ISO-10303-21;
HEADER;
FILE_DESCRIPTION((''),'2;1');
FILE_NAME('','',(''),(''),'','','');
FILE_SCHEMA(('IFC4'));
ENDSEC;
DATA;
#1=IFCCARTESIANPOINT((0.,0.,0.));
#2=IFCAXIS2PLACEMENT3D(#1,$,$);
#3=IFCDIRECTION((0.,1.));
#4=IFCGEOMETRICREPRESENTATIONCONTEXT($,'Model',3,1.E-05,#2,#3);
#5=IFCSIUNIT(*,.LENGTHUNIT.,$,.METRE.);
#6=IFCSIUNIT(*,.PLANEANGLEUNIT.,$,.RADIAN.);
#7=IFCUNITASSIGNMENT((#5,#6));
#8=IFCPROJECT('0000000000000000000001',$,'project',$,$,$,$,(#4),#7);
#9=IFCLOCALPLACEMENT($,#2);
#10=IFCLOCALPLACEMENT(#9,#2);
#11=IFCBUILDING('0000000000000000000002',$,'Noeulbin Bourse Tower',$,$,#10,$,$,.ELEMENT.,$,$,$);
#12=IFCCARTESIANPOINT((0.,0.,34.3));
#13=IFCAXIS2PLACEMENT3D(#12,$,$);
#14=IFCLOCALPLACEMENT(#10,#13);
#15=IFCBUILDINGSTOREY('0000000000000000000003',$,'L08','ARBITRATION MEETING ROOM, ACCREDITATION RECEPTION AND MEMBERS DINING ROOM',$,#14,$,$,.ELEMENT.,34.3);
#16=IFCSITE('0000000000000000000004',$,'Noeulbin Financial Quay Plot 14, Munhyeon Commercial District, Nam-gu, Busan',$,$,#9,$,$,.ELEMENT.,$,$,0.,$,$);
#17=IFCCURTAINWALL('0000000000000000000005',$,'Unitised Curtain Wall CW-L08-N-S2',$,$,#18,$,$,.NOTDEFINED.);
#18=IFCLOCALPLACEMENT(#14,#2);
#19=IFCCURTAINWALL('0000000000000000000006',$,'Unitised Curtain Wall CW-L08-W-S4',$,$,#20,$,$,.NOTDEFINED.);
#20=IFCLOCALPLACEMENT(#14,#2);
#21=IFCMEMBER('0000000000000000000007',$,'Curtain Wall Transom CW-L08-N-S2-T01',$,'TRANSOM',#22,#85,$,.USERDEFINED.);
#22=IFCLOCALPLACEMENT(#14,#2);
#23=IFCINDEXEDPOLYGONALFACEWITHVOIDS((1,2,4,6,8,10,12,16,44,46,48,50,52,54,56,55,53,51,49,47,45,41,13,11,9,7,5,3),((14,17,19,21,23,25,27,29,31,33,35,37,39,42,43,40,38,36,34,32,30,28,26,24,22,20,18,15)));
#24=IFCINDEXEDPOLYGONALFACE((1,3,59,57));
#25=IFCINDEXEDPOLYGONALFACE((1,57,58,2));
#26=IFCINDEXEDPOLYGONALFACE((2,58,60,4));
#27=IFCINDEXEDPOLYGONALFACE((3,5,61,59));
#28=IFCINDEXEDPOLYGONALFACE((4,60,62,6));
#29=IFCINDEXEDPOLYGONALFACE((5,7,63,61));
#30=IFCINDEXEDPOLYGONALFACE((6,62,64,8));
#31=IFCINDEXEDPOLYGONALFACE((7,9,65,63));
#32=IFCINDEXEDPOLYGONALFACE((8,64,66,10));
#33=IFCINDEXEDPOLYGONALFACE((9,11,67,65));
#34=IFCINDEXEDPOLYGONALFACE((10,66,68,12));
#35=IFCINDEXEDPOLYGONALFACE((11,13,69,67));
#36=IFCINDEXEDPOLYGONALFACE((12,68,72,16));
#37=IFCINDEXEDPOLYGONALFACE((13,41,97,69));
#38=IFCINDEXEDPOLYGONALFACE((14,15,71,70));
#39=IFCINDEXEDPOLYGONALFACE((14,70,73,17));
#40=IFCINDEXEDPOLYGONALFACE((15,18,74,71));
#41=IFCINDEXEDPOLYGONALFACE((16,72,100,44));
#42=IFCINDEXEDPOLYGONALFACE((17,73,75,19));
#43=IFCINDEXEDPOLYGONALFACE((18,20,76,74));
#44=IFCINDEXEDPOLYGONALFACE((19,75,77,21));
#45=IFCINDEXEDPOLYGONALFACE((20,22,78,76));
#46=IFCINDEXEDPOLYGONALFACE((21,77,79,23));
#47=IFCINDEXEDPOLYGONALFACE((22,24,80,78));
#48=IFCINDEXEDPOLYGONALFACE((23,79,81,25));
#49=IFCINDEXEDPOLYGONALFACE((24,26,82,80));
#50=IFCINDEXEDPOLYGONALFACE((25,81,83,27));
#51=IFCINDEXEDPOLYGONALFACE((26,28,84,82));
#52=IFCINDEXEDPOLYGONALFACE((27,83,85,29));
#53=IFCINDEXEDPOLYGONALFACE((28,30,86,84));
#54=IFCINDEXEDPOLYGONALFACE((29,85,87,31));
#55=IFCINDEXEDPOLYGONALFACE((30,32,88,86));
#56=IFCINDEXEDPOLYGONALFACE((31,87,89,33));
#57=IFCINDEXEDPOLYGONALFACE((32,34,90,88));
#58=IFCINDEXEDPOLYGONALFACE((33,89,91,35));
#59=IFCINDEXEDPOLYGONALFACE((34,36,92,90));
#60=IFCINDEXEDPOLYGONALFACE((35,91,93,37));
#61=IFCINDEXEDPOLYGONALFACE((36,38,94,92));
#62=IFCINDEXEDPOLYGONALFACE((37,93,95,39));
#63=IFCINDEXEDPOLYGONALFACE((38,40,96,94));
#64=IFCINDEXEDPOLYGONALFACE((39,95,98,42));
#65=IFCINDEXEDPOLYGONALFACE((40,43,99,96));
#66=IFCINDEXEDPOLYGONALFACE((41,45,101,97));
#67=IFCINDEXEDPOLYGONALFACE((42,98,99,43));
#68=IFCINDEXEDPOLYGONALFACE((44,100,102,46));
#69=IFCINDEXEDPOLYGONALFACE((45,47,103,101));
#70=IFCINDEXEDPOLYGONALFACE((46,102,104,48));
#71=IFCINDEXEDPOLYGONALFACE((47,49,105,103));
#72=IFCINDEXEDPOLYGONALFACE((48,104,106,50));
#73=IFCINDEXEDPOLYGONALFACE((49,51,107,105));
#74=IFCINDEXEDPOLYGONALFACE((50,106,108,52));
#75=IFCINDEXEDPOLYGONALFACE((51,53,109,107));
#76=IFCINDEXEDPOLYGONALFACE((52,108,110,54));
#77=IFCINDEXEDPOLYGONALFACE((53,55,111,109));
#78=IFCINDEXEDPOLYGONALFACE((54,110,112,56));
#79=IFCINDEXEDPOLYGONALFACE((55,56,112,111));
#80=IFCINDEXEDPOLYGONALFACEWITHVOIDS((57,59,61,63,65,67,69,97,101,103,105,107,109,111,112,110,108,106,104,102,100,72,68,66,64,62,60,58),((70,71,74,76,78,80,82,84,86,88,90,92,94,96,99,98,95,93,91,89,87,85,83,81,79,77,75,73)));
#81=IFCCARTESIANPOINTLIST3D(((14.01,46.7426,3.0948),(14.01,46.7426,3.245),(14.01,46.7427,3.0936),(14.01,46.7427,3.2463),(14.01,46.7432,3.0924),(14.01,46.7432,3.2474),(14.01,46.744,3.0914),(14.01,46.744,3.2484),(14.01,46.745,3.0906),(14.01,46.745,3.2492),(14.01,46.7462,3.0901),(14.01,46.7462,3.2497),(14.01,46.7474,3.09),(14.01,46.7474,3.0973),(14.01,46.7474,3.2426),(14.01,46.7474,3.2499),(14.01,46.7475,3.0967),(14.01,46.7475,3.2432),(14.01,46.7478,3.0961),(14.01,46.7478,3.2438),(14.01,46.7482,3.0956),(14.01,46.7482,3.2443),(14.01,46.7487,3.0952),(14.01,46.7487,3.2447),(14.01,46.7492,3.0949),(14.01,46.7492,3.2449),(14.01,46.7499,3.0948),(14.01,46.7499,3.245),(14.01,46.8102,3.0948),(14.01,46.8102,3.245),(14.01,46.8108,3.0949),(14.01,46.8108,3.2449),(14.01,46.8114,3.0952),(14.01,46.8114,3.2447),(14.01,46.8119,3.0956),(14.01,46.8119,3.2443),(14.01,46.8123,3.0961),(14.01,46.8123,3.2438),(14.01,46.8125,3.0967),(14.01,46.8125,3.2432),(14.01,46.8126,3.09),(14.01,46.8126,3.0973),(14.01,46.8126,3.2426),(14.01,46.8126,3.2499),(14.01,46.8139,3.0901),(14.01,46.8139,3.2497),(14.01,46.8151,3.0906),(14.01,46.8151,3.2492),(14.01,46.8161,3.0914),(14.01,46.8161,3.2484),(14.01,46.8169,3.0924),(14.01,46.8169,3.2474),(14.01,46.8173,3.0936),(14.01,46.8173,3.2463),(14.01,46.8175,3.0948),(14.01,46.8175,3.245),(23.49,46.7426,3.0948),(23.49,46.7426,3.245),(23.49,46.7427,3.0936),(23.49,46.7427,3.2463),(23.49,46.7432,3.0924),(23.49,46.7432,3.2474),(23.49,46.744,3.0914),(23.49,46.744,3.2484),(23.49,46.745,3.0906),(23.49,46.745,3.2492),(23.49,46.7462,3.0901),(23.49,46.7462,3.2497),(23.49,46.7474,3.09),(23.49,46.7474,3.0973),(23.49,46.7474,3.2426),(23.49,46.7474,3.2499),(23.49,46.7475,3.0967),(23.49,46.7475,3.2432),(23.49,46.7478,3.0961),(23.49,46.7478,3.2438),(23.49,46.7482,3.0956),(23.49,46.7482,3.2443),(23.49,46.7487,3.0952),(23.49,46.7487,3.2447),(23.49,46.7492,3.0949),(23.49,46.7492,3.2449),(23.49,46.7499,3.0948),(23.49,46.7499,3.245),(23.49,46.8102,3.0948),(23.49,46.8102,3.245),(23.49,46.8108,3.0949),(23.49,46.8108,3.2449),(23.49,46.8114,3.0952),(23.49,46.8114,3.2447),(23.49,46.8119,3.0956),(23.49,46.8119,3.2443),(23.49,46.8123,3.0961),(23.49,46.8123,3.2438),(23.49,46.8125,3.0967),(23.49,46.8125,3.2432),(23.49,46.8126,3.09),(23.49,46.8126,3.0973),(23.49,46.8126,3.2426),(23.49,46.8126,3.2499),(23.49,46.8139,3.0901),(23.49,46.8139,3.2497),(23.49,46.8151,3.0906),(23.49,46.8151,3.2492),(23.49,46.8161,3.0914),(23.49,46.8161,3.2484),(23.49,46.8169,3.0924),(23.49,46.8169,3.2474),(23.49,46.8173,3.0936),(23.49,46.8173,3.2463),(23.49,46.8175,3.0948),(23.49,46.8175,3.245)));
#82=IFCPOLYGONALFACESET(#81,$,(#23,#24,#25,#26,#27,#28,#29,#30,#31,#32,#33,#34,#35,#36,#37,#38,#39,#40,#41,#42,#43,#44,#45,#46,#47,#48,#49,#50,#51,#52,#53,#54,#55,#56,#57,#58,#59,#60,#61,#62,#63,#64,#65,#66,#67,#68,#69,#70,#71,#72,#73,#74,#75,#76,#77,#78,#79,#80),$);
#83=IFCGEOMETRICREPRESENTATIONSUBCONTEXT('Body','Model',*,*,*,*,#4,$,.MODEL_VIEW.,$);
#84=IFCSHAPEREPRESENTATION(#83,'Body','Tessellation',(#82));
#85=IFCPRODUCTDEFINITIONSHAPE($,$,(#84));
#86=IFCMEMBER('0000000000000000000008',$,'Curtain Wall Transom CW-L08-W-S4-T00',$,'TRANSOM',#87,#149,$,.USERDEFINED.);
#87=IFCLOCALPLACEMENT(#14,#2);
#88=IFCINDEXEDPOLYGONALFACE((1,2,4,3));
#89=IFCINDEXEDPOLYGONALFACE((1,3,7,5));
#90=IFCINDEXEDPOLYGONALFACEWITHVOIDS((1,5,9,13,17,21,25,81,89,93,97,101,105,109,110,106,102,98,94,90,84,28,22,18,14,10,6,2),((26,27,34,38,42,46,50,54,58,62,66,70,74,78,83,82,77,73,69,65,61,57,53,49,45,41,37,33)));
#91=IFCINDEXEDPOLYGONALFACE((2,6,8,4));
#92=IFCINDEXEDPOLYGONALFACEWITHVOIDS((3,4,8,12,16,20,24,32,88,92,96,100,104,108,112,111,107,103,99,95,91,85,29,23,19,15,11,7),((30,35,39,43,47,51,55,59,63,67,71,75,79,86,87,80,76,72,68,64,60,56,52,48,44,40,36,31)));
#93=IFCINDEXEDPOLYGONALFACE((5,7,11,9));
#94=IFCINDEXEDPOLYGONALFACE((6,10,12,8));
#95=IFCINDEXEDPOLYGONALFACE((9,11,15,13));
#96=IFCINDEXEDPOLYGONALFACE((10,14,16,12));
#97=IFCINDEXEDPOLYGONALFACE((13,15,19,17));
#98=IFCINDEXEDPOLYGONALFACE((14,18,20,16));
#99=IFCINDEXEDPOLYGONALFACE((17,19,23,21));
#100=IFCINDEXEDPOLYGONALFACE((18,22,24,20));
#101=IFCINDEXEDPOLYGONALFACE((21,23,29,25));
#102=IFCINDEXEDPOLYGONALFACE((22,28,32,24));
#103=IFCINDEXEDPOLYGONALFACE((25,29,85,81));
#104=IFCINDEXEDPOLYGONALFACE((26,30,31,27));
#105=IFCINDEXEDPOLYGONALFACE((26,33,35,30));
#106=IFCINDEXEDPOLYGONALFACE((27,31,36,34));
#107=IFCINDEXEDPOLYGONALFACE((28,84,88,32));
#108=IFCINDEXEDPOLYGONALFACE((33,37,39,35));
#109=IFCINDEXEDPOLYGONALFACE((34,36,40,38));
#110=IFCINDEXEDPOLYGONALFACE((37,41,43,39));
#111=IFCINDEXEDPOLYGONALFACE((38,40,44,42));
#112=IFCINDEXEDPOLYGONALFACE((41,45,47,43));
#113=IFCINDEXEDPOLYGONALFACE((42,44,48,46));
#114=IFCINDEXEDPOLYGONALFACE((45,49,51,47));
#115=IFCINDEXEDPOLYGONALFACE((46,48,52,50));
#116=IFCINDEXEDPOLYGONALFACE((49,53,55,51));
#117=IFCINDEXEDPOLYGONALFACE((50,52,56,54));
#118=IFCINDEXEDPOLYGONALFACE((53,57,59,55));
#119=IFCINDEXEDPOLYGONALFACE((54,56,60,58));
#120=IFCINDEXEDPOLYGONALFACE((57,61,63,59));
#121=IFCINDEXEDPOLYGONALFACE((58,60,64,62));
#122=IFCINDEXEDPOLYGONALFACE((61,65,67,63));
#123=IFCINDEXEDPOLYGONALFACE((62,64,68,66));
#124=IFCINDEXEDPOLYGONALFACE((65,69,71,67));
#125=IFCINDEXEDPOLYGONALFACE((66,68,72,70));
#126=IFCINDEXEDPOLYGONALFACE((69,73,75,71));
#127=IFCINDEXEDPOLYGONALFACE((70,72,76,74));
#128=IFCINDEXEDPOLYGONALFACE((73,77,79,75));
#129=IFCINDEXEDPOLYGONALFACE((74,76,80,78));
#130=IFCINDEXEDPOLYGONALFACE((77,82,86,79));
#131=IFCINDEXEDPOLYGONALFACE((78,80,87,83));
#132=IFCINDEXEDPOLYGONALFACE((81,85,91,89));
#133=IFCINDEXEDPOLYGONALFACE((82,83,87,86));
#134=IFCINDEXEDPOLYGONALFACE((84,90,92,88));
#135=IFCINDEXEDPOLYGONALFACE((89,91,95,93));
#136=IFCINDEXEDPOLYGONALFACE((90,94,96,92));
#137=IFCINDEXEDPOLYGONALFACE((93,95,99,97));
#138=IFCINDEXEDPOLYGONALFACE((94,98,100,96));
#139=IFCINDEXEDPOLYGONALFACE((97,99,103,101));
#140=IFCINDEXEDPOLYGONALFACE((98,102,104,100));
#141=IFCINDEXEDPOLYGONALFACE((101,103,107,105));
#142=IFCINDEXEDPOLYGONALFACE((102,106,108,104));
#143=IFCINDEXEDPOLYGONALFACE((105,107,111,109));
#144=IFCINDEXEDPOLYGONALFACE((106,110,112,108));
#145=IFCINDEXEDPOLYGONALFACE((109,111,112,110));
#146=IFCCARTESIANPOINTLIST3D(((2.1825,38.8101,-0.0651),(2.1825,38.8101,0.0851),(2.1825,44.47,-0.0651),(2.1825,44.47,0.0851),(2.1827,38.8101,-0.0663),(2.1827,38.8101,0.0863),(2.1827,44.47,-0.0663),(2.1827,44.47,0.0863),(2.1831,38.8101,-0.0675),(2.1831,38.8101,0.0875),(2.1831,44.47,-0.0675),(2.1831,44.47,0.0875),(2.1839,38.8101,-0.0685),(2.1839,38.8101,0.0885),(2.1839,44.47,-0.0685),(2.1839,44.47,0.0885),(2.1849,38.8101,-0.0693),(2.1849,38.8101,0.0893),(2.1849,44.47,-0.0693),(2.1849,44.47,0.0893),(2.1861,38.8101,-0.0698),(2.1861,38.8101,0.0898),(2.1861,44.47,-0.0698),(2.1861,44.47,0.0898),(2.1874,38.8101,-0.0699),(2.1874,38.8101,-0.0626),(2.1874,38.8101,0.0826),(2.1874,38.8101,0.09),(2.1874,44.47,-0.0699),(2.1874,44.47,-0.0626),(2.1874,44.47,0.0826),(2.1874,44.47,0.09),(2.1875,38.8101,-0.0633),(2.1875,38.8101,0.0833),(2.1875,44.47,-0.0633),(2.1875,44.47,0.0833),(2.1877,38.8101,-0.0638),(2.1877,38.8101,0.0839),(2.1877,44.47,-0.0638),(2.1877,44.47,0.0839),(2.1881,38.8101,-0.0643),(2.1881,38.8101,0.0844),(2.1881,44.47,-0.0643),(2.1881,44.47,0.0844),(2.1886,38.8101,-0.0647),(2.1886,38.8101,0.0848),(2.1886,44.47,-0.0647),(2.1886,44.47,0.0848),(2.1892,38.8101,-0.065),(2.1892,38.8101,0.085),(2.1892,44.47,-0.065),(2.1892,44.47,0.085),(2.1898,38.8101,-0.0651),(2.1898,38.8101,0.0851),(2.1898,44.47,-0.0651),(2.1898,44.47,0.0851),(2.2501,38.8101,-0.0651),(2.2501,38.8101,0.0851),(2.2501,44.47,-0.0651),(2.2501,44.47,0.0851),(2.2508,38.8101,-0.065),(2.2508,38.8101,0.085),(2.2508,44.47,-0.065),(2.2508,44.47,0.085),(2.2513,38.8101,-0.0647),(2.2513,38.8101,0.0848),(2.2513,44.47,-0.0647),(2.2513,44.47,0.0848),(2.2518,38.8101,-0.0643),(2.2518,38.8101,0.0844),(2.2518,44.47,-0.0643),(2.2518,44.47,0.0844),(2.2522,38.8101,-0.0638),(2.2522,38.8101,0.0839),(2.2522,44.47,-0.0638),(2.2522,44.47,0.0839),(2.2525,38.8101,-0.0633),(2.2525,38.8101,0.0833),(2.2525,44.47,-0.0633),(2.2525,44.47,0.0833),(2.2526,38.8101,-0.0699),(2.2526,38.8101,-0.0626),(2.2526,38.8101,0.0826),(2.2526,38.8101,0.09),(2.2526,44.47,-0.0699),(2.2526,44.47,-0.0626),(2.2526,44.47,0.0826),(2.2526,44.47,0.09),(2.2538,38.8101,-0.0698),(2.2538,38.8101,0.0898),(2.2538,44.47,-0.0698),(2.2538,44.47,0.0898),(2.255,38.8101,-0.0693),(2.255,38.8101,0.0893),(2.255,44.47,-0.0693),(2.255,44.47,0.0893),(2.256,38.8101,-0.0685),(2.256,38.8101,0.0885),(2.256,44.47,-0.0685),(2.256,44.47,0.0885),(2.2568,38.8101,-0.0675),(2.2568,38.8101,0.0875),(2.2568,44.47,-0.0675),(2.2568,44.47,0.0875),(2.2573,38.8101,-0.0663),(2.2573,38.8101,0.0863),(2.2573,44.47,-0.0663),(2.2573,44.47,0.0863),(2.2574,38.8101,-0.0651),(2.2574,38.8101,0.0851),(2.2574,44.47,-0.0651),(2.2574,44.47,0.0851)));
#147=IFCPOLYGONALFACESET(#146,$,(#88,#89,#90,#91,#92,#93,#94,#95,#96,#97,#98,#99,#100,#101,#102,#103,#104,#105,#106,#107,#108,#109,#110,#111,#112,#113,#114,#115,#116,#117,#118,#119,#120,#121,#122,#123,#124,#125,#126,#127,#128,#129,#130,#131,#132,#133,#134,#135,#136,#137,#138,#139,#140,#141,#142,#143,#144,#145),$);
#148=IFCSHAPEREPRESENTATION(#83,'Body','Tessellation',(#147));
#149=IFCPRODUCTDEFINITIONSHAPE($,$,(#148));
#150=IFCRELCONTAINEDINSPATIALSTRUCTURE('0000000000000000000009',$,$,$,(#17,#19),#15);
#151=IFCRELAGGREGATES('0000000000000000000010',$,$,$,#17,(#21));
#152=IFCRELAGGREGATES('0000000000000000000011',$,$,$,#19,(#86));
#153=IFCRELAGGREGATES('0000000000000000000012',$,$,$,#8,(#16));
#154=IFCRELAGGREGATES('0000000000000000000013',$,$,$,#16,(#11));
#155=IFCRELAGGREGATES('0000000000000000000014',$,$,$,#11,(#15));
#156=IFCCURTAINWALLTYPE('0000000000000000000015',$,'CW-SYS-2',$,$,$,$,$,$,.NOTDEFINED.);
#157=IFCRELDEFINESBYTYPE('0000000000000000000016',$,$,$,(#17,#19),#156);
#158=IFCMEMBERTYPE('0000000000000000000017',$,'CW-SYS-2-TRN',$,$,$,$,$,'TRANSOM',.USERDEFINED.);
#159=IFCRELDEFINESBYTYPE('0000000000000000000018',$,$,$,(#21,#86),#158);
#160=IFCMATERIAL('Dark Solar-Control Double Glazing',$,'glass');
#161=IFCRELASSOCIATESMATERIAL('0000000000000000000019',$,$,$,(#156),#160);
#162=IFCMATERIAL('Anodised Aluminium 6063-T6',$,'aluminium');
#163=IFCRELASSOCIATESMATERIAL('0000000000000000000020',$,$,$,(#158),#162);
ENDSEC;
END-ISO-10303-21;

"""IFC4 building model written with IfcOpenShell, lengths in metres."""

from ifc_helpers import new_model, si_unit, direction, frame, origin, origin_2d, place, context, subcontext, project, spatial, hollow_rectangle, extrude, material, material_profile, profile_set, type_object, element, aggregate, save


model = new_model("IFC4")

# Units and contexts
model_context = context("Model", 3, precision=1e-05, world=origin(), true_north=direction((0.0, 1.0)))
body_context = subcontext(model_context, "Body", "Model", "MODEL_VIEW")
ifc_project = project(units=[si_unit("LENGTHUNIT", "METRE"), si_unit("PLANEANGLEUNIT", "RADIAN")], contexts=[model_context])

# Site, building, storey
site_placement = place(None, origin())
site = spatial("IfcSite", under=ifc_project, at=site_placement, Name="Noeulbin Financial Quay Plot 14, Munhyeon Commercial District, Nam-gu, Busan", CompositionType="ELEMENT", RefElevation=0.0)
building_placement = place(site_placement, origin())
building = spatial("IfcBuilding", under=site, at=building_placement, Name="Noeulbin Bourse Tower", CompositionType="ELEMENT")
storey_placement = place(building_placement, frame((0.0, 0.0, 34.3)))
storey = spatial("IfcBuildingStorey", under=building, at=storey_placement, Name="L08", Description="ARBITRATION MEETING ROOM, ACCREDITATION RECEPTION AND MEMBERS DINING ROOM", CompositionType="ELEMENT", Elevation=34.3)

# Shared definitions
ifc_material_1 = material(Name="Dark Solar-Control Double Glazing", Category="glass")
curtain_wall_type = type_object("IfcCurtainWallType", Name="CW-SYS-2", PredefinedType="NOTDEFINED", material=ifc_material_1)
ifc_material_2 = material(Name="Anodised Aluminium 6063-T6", Category="aluminium")

# Curtain wall
curtain_wall_1_placement = place(storey_placement, origin())
curtain_wall_1 = element("IfcCurtainWall", 1, at=curtain_wall_1_placement, inside=storey, type_object=curtain_wall_type, Name="Unitised Curtain Wall CW-L08-N-S2", PredefinedType="NOTDEFINED")

# Curtain wall
curtain_wall_2_placement = place(storey_placement, origin())
curtain_wall_2 = element("IfcCurtainWall", 2, at=curtain_wall_2_placement, inside=storey, type_object=curtain_wall_type, Name="Unitised Curtain Wall CW-L08-W-S4", PredefinedType="NOTDEFINED")

# Members
ifc_material_profile_1 = material_profile(ifc_material_2, hollow_rectangle(XDim=0.075, YDim=0.1599, WallThickness=0.0049, InnerFilletRadius=0.0024, OuterFilletRadius=0.0049, at=origin_2d()), Name="ALU-TRAN-75x160x5", Category="LoadBearing")
ifc_profile_set_1 = profile_set([ifc_material_profile_1], Name="Anodised Aluminium 6063-T6")
member_type_1 = type_object("IfcMemberType", Name="CW-SYS-2-TRN", ElementType="TRANSOM", PredefinedType="USERDEFINED", material=ifc_profile_set_1)
member_1_placement = place(storey_placement, frame((14.01, 46.78, 3.1699), z_axis=(1.0, 0.0, 0.0), x_axis=(0.0, 1.0, 0.0)))
member_1 = element("IfcMember", 3, at=member_1_placement, type_object=member_type_1, Name="Curtain Wall Transom CW-L08-N-S2-T01", ObjectType="TRANSOM", PredefinedType="USERDEFINED", context=body_context, shape_type="SweptSolid", body=[
    extrude(hollow_rectangle(XDim=0.075, YDim=0.1599, WallThickness=0.0049, InnerFilletRadius=0.0024, OuterFilletRadius=0.0049, at=origin_2d()), origin(), (0.0, 0.0, 1.0), 9.48),
])
aggregate(curtain_wall_1, [member_1])
member_2_placement = place(storey_placement, frame((2.22, 38.8101, 0.01), z_axis=(0.0, 1.0, 0.0), x_axis=(-1.0, 0.0, 0.0)))
member_2 = element("IfcMember", 4, at=member_2_placement, type_object=member_type_1, Name="Curtain Wall Transom CW-L08-W-S4-T00", ObjectType="TRANSOM", PredefinedType="USERDEFINED", context=body_context, shape_type="SweptSolid", body=[
    extrude(hollow_rectangle(XDim=0.075, YDim=0.1599, WallThickness=0.0049, InnerFilletRadius=0.0024, OuterFilletRadius=0.0049, at=origin_2d()), origin(), (0.0, 0.0, 1.0), 5.6599),
])

aggregate(curtain_wall_2, [member_2])

save(model, "model.ifc")
